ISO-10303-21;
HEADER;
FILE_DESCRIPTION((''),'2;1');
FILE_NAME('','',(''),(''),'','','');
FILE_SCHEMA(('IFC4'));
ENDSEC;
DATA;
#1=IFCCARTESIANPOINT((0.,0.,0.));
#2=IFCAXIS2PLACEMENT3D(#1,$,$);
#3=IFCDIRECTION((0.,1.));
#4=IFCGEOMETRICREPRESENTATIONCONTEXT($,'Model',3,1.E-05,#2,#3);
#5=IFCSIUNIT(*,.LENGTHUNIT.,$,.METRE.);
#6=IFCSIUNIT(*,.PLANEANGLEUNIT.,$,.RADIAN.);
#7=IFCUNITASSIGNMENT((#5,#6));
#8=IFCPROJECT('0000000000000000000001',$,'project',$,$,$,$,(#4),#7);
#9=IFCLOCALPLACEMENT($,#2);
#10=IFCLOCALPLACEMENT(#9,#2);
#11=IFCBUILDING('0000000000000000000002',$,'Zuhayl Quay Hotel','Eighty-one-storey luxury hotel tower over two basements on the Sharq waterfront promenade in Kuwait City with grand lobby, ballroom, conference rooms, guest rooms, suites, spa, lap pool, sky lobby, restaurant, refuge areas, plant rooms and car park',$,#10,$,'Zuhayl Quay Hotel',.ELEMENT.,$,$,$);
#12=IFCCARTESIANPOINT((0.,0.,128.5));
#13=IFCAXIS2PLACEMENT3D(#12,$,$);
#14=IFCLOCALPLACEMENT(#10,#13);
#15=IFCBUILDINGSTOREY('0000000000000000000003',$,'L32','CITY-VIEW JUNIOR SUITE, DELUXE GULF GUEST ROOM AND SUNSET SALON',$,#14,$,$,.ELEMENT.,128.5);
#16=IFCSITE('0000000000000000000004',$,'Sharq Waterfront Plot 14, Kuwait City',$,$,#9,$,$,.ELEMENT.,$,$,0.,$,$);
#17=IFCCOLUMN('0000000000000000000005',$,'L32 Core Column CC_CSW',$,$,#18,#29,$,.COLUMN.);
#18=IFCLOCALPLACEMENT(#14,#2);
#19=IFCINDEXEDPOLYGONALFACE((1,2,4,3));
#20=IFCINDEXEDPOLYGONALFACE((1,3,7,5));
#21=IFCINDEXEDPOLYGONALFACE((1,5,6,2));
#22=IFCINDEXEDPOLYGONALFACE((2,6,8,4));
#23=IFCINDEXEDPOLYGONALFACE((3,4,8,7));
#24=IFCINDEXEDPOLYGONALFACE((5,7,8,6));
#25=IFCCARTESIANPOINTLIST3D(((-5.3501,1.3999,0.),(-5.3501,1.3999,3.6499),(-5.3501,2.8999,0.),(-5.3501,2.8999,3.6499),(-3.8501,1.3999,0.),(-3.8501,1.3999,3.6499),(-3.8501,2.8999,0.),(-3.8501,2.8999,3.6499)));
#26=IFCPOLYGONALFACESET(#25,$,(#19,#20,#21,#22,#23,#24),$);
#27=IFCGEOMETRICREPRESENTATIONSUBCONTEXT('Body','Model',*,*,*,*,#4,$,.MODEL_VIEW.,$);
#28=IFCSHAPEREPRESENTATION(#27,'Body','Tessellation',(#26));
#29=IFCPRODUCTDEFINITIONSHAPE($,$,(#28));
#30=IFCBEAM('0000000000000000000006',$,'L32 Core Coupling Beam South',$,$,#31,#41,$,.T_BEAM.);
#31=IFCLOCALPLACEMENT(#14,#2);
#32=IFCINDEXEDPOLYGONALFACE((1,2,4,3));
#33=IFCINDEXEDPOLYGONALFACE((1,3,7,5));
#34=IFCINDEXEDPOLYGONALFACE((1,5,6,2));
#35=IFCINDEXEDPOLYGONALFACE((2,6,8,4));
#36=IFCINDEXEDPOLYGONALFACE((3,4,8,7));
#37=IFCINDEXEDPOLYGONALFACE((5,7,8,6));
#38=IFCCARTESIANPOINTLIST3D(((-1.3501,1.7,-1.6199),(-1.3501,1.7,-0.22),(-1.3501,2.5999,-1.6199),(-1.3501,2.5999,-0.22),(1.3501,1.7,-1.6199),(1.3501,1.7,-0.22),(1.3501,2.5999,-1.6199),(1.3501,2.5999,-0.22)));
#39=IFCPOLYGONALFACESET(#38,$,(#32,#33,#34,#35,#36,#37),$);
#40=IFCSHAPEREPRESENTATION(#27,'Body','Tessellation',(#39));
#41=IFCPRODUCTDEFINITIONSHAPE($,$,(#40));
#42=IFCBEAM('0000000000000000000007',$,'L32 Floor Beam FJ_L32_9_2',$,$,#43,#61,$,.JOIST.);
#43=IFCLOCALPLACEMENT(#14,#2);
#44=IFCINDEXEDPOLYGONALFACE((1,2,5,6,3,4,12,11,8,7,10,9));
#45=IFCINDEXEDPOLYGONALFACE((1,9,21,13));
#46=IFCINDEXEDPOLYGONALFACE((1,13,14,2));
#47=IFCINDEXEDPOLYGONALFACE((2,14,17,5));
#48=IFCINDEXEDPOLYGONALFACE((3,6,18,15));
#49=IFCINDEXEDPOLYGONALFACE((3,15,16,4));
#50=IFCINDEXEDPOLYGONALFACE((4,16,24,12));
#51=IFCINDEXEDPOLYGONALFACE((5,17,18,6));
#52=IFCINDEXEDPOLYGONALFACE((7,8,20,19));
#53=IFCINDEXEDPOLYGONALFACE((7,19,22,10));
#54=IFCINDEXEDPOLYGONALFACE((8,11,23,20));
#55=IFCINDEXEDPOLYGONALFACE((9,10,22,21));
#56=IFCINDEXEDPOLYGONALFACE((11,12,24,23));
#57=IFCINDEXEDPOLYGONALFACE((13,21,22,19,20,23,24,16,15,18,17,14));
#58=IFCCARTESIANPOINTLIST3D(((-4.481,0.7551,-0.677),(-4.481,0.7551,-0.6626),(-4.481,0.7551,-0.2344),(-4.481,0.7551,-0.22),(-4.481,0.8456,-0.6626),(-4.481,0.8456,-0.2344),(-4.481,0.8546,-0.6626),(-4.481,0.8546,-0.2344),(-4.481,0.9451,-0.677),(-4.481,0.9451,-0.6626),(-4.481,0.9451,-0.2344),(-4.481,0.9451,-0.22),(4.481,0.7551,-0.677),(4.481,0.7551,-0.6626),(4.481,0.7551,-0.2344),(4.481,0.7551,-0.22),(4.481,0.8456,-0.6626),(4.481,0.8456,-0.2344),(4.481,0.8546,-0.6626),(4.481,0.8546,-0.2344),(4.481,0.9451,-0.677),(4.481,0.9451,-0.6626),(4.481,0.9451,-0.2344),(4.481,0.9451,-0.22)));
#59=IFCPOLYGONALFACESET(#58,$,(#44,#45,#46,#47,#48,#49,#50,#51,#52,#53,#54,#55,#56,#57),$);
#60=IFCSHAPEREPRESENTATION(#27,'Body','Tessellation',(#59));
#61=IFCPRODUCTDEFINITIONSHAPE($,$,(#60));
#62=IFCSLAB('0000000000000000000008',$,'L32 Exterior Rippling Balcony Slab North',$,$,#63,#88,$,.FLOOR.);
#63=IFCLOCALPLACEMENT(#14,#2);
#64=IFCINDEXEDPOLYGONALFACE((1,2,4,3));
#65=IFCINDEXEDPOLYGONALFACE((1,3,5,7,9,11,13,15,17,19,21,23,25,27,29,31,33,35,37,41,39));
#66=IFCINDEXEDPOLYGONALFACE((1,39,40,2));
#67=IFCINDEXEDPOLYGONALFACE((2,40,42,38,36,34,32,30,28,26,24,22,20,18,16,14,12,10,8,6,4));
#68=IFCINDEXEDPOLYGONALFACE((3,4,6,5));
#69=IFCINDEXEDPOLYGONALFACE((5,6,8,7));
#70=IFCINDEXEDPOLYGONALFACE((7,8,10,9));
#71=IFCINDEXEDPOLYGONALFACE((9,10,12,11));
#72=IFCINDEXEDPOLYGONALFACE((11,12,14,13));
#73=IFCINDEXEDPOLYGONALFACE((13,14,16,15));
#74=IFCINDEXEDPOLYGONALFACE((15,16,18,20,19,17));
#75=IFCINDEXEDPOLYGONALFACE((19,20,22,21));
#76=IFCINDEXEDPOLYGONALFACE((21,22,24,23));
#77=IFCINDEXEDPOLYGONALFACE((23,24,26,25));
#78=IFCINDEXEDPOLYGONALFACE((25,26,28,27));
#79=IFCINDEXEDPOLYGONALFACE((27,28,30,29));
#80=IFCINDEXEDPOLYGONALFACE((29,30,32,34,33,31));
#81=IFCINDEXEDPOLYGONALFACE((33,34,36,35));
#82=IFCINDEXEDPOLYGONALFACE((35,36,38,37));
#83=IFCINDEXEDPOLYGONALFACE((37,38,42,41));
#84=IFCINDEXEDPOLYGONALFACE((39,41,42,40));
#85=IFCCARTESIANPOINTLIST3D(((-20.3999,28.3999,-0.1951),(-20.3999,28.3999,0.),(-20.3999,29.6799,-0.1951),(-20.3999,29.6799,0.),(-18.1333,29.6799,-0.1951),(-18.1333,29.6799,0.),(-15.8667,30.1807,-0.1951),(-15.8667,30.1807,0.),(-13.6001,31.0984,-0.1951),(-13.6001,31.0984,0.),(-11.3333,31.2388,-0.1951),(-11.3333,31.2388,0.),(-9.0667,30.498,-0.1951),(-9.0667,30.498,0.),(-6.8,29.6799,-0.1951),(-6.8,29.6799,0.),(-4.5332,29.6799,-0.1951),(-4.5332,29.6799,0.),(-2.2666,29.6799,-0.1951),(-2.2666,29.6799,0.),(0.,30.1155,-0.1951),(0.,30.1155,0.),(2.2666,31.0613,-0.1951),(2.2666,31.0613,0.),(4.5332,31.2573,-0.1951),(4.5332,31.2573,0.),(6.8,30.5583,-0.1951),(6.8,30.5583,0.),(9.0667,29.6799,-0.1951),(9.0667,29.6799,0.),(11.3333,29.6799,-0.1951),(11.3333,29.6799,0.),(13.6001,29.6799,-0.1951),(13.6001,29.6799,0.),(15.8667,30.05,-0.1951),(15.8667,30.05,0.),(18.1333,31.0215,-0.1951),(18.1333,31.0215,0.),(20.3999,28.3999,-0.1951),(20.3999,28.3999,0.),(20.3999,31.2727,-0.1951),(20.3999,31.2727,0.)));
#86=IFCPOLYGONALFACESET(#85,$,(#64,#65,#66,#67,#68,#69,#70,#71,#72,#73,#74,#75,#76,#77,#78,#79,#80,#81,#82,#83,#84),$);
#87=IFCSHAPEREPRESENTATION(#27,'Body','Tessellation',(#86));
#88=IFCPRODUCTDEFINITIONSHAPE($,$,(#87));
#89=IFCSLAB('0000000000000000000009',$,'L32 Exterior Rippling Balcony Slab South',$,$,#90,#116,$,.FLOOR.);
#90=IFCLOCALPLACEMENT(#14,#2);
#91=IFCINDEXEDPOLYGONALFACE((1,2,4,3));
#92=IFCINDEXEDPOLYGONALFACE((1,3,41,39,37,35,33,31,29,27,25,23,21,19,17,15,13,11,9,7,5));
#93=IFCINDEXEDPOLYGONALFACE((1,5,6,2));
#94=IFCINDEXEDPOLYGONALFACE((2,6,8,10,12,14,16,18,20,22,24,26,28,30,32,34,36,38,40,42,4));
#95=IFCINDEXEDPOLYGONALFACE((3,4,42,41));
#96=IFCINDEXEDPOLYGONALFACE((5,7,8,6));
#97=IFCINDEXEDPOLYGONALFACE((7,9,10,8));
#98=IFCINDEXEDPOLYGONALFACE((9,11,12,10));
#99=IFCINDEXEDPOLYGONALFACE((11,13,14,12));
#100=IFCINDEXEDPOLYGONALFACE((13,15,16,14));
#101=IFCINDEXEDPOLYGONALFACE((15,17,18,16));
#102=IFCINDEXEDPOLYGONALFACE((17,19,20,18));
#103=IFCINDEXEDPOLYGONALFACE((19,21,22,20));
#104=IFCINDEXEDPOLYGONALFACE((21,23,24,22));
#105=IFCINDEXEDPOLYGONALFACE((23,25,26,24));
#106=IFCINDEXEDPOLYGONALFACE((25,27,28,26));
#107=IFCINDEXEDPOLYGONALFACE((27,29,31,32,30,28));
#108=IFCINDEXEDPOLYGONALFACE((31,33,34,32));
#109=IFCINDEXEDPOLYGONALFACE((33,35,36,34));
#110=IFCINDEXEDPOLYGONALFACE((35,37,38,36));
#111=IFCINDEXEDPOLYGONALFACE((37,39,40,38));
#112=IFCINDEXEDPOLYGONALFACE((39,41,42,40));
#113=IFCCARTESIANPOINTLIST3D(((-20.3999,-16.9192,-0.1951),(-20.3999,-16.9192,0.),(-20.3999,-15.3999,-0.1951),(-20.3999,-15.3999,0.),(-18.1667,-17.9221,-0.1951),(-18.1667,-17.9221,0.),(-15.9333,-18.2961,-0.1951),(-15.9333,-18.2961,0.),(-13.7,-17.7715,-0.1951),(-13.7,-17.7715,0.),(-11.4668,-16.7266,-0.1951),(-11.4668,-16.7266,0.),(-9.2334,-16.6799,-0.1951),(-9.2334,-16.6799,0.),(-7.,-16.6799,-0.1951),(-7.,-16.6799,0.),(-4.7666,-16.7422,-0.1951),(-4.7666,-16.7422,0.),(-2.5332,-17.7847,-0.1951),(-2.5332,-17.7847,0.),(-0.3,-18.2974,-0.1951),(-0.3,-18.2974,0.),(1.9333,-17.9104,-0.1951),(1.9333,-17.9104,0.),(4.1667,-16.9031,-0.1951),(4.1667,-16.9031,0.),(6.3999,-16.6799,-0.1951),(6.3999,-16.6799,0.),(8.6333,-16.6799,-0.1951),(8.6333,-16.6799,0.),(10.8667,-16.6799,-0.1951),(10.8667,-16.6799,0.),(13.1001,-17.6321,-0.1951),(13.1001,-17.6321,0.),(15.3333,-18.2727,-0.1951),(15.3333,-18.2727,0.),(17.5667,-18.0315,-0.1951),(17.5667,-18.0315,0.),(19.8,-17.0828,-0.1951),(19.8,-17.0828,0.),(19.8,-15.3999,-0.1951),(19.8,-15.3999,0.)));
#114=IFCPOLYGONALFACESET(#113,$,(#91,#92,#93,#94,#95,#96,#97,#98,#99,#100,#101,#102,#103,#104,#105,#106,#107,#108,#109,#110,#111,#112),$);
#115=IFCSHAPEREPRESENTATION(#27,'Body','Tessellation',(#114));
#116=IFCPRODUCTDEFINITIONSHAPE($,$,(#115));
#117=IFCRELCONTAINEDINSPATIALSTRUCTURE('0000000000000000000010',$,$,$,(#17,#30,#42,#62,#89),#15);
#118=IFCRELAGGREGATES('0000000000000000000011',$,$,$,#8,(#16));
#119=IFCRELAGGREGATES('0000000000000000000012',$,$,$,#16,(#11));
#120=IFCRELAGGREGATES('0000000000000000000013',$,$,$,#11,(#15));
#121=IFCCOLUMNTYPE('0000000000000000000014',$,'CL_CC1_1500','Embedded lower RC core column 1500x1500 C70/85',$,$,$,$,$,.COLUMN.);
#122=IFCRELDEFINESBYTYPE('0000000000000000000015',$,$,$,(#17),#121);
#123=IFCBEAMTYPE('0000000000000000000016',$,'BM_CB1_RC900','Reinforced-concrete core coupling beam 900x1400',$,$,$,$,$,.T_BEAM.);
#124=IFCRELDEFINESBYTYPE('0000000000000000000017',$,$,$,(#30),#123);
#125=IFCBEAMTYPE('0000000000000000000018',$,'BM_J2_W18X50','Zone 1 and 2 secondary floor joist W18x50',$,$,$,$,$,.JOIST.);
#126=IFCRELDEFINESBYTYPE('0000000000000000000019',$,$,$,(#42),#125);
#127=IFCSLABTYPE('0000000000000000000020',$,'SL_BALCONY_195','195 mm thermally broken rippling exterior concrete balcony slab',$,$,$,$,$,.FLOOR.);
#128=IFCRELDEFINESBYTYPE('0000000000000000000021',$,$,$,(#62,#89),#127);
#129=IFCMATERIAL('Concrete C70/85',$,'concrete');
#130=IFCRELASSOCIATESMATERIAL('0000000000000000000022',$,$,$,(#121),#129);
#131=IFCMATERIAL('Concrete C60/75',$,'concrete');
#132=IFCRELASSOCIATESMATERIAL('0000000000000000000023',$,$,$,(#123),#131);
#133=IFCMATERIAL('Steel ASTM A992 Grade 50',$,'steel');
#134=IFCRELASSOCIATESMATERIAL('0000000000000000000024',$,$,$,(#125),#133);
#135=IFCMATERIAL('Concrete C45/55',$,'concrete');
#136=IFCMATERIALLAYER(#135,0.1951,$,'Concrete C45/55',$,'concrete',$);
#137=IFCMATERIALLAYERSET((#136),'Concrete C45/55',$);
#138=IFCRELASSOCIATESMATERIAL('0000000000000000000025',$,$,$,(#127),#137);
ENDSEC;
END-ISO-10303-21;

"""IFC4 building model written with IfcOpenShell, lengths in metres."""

from ifc_helpers import new_model, si_unit, direction, frame, origin, origin_2d, place, context, subcontext, project, spatial, polyline, rectangle, i_section, outline, extrude, material, layer, layer_set, material_profile, profile_set, type_object, element, save


model = new_model("IFC4")

# Units and contexts
model_context = context("Model", 3, precision=1e-05, world=origin(), true_north=direction((0.0, 1.0)))
body_context = subcontext(model_context, "Body", "Model", "MODEL_VIEW")
ifc_project = project(units=[si_unit("LENGTHUNIT", "METRE"), si_unit("PLANEANGLEUNIT", "RADIAN")], contexts=[model_context])

# Site, building, storey
site_placement = place(None, origin())
site = spatial("IfcSite", under=ifc_project, at=site_placement, Name="Sharq Waterfront Plot 14, Kuwait City", CompositionType="ELEMENT", RefElevation=0.0)
building_placement = place(site_placement, origin())
building = spatial("IfcBuilding", under=site, at=building_placement, Name="Zuhayl Quay Hotel", Description="Eighty-one-storey luxury hotel tower over two basements on the Sharq waterfront promenade in Kuwait City with grand lobby, ballroom, conference rooms, guest rooms, suites, spa, lap pool, sky lobby, restaurant, refuge areas, plant rooms and car park", LongName="Zuhayl Quay Hotel", CompositionType="ELEMENT")
storey_placement = place(building_placement, frame((0.0, 0.0, 128.5)))
storey = spatial("IfcBuildingStorey", under=building, at=storey_placement, Name="L32", Description="CITY-VIEW JUNIOR SUITE, DELUXE GULF GUEST ROOM AND SUNSET SALON", CompositionType="ELEMENT", Elevation=128.5)

# Column
ifc_material_1 = material(Name="Concrete C70/85", Category="concrete")
ifc_material_profile_1 = material_profile(ifc_material_1, rectangle(XDim=1.5, YDim=1.5, at=origin_2d()), Name="RC1500X1500")
ifc_profile_set_1 = profile_set([ifc_material_profile_1], Name="Concrete C70/85")
column_type = type_object("IfcColumnType", Name="CL_CC1_1500", Description="Embedded lower RC core column 1500x1500 C70/85", PredefinedType="COLUMN", material=ifc_profile_set_1)
column_placement = place(storey_placement, frame((-4.6001, 2.1499, 0.0), z_axis=(0.0, 0.0, 1.0), x_axis=(1.0, 0.0, 0.0)))
element("IfcColumn", 1, at=column_placement, inside=storey, type_object=column_type, Name="L32 Core Column CC_CSW", PredefinedType="COLUMN", context=body_context, shape_type="SweptSolid", body=[
    extrude(rectangle(XDim=1.5, YDim=1.5, at=origin_2d()), origin(), (0.0, 0.0, 1.0), 3.6499),
])

# Beams
ifc_material_2 = material(Name="Concrete C60/75", Category="concrete")
ifc_material_profile_2 = material_profile(ifc_material_2, rectangle(XDim=0.8999, YDim=1.3999, at=origin_2d()), Name="RC900X1400")
ifc_profile_set_2 = profile_set([ifc_material_profile_2], Name="Concrete C60/75")
beam_type_1 = type_object("IfcBeamType", Name="BM_CB1_RC900", Description="Reinforced-concrete core coupling beam 900x1400", PredefinedType="T_BEAM", material=ifc_profile_set_2)
beam_1_placement = place(storey_placement, frame((-1.3501, 2.1499, -0.9199), z_axis=(1.0, 0.0, 0.0), x_axis=(0.0, 1.0, 0.0)))
element("IfcBeam", 2, at=beam_1_placement, inside=storey, type_object=beam_type_1, Name="L32 Core Coupling Beam South", PredefinedType="T_BEAM", context=body_context, shape_type="SweptSolid", body=[
    extrude(rectangle(XDim=0.8999, YDim=1.3999, at=origin_2d()), origin(), (0.0, 0.0, 1.0), 2.7002),
])
ifc_material_3 = material(Name="Steel ASTM A992 Grade 50", Category="steel")
ifc_material_profile_3 = material_profile(ifc_material_3, i_section(OverallWidth=0.1899, OverallDepth=0.457, WebThickness=0.009, FlangeThickness=0.0144, at=origin_2d()), Name="W18X50")
ifc_profile_set_3 = profile_set([ifc_material_profile_3], Name="Steel ASTM A992 Grade 50")
beam_type_2 = type_object("IfcBeamType", Name="BM_J2_W18X50", Description="Zone 1 and 2 secondary floor joist W18x50", PredefinedType="JOIST", material=ifc_profile_set_3)
beam_2_placement = place(storey_placement, frame((-4.481, 0.8501, -0.4485), z_axis=(1.0, 0.0, 0.0), x_axis=(0.0, 1.0, 0.0)))
element("IfcBeam", 3, at=beam_2_placement, inside=storey, type_object=beam_type_2, Name="L32 Floor Beam FJ_L32_9_2", PredefinedType="JOIST", context=body_context, shape_type="SweptSolid", body=[
    extrude(i_section(OverallWidth=0.1899, OverallDepth=0.457, WebThickness=0.009, FlangeThickness=0.0144, at=origin_2d()), origin(), (0.0, 0.0, 1.0), 8.9619),
])

# Slabs
ifc_material_4 = material(Name="Concrete C45/55", Category="concrete")
ifc_layer_1 = layer(ifc_material_4, 0.1951, Name="Concrete C45/55", Category="concrete")
ifc_layer_set_1 = layer_set([ifc_layer_1], Name="Concrete C45/55")
slab_type_1 = type_object("IfcSlabType", Name="SL_BALCONY_195", Description="195 mm thermally broken rippling exterior concrete balcony slab", PredefinedType="FLOOR", material=ifc_layer_set_1)
slab_1_placement = place(storey_placement, frame((0.0, 0.0, -0.1951)))
element("IfcSlab", 4, at=slab_1_placement, inside=storey, type_object=slab_type_1, Name="L32 Exterior Rippling Balcony Slab North", PredefinedType="FLOOR", context=body_context, shape_type="SweptSolid", body=[
    extrude(outline(polyline([(-20.3999, 28.3999), (20.3999, 28.3999), (20.3999, 31.2727), (18.1333, 31.0215), (15.8667, 30.05), (13.6001, 29.6799), (11.3333, 29.6799), (9.0667, 29.6799), (6.8, 30.5583), (4.5332, 31.2573), (2.2666, 31.0613), (0.0, 30.1155), (-2.2666, 29.6799), (-4.5332, 29.6799), (-6.8, 29.6799), (-9.0667, 30.498), (-11.3333, 31.2388), (-13.6001, 31.0984), (-15.8667, 30.1807), (-18.1333, 29.6799), (-20.3999, 29.6799), (-20.3999, 28.3999)])), origin(), (0.0, 0.0, 1.0), 0.1951),
])
slab_2_placement = place(storey_placement, frame((0.0, 0.0, -0.1951)))
element("IfcSlab", 5, at=slab_2_placement, inside=storey, type_object=slab_type_1, Name="L32 Exterior Rippling Balcony Slab South", PredefinedType="FLOOR", context=body_context, shape_type="SweptSolid", body=[
    extrude(outline(polyline([(-20.3999, -16.9192), (-18.1667, -17.9221), (-15.9333, -18.2961), (-13.7, -17.7715), (-11.4668, -16.7266), (-9.2334, -16.6799), (-7.0, -16.6799), (-4.7666, -16.7422), (-2.5332, -17.7847), (-0.3, -18.2974), (1.9333, -17.9104), (4.1667, -16.9031), (6.3999, -16.6799), (8.6333, -16.6799), (10.8667, -16.6799), (13.1001, -17.6321), (15.3333, -18.2727), (17.5667, -18.0315), (19.8, -17.0828), (19.8, -15.3999), (-20.3999, -15.3999), (-20.3999, -16.9192)])), origin(), (0.0, 0.0, 1.0), 0.1951),
])

save(model, "model.ifc")
